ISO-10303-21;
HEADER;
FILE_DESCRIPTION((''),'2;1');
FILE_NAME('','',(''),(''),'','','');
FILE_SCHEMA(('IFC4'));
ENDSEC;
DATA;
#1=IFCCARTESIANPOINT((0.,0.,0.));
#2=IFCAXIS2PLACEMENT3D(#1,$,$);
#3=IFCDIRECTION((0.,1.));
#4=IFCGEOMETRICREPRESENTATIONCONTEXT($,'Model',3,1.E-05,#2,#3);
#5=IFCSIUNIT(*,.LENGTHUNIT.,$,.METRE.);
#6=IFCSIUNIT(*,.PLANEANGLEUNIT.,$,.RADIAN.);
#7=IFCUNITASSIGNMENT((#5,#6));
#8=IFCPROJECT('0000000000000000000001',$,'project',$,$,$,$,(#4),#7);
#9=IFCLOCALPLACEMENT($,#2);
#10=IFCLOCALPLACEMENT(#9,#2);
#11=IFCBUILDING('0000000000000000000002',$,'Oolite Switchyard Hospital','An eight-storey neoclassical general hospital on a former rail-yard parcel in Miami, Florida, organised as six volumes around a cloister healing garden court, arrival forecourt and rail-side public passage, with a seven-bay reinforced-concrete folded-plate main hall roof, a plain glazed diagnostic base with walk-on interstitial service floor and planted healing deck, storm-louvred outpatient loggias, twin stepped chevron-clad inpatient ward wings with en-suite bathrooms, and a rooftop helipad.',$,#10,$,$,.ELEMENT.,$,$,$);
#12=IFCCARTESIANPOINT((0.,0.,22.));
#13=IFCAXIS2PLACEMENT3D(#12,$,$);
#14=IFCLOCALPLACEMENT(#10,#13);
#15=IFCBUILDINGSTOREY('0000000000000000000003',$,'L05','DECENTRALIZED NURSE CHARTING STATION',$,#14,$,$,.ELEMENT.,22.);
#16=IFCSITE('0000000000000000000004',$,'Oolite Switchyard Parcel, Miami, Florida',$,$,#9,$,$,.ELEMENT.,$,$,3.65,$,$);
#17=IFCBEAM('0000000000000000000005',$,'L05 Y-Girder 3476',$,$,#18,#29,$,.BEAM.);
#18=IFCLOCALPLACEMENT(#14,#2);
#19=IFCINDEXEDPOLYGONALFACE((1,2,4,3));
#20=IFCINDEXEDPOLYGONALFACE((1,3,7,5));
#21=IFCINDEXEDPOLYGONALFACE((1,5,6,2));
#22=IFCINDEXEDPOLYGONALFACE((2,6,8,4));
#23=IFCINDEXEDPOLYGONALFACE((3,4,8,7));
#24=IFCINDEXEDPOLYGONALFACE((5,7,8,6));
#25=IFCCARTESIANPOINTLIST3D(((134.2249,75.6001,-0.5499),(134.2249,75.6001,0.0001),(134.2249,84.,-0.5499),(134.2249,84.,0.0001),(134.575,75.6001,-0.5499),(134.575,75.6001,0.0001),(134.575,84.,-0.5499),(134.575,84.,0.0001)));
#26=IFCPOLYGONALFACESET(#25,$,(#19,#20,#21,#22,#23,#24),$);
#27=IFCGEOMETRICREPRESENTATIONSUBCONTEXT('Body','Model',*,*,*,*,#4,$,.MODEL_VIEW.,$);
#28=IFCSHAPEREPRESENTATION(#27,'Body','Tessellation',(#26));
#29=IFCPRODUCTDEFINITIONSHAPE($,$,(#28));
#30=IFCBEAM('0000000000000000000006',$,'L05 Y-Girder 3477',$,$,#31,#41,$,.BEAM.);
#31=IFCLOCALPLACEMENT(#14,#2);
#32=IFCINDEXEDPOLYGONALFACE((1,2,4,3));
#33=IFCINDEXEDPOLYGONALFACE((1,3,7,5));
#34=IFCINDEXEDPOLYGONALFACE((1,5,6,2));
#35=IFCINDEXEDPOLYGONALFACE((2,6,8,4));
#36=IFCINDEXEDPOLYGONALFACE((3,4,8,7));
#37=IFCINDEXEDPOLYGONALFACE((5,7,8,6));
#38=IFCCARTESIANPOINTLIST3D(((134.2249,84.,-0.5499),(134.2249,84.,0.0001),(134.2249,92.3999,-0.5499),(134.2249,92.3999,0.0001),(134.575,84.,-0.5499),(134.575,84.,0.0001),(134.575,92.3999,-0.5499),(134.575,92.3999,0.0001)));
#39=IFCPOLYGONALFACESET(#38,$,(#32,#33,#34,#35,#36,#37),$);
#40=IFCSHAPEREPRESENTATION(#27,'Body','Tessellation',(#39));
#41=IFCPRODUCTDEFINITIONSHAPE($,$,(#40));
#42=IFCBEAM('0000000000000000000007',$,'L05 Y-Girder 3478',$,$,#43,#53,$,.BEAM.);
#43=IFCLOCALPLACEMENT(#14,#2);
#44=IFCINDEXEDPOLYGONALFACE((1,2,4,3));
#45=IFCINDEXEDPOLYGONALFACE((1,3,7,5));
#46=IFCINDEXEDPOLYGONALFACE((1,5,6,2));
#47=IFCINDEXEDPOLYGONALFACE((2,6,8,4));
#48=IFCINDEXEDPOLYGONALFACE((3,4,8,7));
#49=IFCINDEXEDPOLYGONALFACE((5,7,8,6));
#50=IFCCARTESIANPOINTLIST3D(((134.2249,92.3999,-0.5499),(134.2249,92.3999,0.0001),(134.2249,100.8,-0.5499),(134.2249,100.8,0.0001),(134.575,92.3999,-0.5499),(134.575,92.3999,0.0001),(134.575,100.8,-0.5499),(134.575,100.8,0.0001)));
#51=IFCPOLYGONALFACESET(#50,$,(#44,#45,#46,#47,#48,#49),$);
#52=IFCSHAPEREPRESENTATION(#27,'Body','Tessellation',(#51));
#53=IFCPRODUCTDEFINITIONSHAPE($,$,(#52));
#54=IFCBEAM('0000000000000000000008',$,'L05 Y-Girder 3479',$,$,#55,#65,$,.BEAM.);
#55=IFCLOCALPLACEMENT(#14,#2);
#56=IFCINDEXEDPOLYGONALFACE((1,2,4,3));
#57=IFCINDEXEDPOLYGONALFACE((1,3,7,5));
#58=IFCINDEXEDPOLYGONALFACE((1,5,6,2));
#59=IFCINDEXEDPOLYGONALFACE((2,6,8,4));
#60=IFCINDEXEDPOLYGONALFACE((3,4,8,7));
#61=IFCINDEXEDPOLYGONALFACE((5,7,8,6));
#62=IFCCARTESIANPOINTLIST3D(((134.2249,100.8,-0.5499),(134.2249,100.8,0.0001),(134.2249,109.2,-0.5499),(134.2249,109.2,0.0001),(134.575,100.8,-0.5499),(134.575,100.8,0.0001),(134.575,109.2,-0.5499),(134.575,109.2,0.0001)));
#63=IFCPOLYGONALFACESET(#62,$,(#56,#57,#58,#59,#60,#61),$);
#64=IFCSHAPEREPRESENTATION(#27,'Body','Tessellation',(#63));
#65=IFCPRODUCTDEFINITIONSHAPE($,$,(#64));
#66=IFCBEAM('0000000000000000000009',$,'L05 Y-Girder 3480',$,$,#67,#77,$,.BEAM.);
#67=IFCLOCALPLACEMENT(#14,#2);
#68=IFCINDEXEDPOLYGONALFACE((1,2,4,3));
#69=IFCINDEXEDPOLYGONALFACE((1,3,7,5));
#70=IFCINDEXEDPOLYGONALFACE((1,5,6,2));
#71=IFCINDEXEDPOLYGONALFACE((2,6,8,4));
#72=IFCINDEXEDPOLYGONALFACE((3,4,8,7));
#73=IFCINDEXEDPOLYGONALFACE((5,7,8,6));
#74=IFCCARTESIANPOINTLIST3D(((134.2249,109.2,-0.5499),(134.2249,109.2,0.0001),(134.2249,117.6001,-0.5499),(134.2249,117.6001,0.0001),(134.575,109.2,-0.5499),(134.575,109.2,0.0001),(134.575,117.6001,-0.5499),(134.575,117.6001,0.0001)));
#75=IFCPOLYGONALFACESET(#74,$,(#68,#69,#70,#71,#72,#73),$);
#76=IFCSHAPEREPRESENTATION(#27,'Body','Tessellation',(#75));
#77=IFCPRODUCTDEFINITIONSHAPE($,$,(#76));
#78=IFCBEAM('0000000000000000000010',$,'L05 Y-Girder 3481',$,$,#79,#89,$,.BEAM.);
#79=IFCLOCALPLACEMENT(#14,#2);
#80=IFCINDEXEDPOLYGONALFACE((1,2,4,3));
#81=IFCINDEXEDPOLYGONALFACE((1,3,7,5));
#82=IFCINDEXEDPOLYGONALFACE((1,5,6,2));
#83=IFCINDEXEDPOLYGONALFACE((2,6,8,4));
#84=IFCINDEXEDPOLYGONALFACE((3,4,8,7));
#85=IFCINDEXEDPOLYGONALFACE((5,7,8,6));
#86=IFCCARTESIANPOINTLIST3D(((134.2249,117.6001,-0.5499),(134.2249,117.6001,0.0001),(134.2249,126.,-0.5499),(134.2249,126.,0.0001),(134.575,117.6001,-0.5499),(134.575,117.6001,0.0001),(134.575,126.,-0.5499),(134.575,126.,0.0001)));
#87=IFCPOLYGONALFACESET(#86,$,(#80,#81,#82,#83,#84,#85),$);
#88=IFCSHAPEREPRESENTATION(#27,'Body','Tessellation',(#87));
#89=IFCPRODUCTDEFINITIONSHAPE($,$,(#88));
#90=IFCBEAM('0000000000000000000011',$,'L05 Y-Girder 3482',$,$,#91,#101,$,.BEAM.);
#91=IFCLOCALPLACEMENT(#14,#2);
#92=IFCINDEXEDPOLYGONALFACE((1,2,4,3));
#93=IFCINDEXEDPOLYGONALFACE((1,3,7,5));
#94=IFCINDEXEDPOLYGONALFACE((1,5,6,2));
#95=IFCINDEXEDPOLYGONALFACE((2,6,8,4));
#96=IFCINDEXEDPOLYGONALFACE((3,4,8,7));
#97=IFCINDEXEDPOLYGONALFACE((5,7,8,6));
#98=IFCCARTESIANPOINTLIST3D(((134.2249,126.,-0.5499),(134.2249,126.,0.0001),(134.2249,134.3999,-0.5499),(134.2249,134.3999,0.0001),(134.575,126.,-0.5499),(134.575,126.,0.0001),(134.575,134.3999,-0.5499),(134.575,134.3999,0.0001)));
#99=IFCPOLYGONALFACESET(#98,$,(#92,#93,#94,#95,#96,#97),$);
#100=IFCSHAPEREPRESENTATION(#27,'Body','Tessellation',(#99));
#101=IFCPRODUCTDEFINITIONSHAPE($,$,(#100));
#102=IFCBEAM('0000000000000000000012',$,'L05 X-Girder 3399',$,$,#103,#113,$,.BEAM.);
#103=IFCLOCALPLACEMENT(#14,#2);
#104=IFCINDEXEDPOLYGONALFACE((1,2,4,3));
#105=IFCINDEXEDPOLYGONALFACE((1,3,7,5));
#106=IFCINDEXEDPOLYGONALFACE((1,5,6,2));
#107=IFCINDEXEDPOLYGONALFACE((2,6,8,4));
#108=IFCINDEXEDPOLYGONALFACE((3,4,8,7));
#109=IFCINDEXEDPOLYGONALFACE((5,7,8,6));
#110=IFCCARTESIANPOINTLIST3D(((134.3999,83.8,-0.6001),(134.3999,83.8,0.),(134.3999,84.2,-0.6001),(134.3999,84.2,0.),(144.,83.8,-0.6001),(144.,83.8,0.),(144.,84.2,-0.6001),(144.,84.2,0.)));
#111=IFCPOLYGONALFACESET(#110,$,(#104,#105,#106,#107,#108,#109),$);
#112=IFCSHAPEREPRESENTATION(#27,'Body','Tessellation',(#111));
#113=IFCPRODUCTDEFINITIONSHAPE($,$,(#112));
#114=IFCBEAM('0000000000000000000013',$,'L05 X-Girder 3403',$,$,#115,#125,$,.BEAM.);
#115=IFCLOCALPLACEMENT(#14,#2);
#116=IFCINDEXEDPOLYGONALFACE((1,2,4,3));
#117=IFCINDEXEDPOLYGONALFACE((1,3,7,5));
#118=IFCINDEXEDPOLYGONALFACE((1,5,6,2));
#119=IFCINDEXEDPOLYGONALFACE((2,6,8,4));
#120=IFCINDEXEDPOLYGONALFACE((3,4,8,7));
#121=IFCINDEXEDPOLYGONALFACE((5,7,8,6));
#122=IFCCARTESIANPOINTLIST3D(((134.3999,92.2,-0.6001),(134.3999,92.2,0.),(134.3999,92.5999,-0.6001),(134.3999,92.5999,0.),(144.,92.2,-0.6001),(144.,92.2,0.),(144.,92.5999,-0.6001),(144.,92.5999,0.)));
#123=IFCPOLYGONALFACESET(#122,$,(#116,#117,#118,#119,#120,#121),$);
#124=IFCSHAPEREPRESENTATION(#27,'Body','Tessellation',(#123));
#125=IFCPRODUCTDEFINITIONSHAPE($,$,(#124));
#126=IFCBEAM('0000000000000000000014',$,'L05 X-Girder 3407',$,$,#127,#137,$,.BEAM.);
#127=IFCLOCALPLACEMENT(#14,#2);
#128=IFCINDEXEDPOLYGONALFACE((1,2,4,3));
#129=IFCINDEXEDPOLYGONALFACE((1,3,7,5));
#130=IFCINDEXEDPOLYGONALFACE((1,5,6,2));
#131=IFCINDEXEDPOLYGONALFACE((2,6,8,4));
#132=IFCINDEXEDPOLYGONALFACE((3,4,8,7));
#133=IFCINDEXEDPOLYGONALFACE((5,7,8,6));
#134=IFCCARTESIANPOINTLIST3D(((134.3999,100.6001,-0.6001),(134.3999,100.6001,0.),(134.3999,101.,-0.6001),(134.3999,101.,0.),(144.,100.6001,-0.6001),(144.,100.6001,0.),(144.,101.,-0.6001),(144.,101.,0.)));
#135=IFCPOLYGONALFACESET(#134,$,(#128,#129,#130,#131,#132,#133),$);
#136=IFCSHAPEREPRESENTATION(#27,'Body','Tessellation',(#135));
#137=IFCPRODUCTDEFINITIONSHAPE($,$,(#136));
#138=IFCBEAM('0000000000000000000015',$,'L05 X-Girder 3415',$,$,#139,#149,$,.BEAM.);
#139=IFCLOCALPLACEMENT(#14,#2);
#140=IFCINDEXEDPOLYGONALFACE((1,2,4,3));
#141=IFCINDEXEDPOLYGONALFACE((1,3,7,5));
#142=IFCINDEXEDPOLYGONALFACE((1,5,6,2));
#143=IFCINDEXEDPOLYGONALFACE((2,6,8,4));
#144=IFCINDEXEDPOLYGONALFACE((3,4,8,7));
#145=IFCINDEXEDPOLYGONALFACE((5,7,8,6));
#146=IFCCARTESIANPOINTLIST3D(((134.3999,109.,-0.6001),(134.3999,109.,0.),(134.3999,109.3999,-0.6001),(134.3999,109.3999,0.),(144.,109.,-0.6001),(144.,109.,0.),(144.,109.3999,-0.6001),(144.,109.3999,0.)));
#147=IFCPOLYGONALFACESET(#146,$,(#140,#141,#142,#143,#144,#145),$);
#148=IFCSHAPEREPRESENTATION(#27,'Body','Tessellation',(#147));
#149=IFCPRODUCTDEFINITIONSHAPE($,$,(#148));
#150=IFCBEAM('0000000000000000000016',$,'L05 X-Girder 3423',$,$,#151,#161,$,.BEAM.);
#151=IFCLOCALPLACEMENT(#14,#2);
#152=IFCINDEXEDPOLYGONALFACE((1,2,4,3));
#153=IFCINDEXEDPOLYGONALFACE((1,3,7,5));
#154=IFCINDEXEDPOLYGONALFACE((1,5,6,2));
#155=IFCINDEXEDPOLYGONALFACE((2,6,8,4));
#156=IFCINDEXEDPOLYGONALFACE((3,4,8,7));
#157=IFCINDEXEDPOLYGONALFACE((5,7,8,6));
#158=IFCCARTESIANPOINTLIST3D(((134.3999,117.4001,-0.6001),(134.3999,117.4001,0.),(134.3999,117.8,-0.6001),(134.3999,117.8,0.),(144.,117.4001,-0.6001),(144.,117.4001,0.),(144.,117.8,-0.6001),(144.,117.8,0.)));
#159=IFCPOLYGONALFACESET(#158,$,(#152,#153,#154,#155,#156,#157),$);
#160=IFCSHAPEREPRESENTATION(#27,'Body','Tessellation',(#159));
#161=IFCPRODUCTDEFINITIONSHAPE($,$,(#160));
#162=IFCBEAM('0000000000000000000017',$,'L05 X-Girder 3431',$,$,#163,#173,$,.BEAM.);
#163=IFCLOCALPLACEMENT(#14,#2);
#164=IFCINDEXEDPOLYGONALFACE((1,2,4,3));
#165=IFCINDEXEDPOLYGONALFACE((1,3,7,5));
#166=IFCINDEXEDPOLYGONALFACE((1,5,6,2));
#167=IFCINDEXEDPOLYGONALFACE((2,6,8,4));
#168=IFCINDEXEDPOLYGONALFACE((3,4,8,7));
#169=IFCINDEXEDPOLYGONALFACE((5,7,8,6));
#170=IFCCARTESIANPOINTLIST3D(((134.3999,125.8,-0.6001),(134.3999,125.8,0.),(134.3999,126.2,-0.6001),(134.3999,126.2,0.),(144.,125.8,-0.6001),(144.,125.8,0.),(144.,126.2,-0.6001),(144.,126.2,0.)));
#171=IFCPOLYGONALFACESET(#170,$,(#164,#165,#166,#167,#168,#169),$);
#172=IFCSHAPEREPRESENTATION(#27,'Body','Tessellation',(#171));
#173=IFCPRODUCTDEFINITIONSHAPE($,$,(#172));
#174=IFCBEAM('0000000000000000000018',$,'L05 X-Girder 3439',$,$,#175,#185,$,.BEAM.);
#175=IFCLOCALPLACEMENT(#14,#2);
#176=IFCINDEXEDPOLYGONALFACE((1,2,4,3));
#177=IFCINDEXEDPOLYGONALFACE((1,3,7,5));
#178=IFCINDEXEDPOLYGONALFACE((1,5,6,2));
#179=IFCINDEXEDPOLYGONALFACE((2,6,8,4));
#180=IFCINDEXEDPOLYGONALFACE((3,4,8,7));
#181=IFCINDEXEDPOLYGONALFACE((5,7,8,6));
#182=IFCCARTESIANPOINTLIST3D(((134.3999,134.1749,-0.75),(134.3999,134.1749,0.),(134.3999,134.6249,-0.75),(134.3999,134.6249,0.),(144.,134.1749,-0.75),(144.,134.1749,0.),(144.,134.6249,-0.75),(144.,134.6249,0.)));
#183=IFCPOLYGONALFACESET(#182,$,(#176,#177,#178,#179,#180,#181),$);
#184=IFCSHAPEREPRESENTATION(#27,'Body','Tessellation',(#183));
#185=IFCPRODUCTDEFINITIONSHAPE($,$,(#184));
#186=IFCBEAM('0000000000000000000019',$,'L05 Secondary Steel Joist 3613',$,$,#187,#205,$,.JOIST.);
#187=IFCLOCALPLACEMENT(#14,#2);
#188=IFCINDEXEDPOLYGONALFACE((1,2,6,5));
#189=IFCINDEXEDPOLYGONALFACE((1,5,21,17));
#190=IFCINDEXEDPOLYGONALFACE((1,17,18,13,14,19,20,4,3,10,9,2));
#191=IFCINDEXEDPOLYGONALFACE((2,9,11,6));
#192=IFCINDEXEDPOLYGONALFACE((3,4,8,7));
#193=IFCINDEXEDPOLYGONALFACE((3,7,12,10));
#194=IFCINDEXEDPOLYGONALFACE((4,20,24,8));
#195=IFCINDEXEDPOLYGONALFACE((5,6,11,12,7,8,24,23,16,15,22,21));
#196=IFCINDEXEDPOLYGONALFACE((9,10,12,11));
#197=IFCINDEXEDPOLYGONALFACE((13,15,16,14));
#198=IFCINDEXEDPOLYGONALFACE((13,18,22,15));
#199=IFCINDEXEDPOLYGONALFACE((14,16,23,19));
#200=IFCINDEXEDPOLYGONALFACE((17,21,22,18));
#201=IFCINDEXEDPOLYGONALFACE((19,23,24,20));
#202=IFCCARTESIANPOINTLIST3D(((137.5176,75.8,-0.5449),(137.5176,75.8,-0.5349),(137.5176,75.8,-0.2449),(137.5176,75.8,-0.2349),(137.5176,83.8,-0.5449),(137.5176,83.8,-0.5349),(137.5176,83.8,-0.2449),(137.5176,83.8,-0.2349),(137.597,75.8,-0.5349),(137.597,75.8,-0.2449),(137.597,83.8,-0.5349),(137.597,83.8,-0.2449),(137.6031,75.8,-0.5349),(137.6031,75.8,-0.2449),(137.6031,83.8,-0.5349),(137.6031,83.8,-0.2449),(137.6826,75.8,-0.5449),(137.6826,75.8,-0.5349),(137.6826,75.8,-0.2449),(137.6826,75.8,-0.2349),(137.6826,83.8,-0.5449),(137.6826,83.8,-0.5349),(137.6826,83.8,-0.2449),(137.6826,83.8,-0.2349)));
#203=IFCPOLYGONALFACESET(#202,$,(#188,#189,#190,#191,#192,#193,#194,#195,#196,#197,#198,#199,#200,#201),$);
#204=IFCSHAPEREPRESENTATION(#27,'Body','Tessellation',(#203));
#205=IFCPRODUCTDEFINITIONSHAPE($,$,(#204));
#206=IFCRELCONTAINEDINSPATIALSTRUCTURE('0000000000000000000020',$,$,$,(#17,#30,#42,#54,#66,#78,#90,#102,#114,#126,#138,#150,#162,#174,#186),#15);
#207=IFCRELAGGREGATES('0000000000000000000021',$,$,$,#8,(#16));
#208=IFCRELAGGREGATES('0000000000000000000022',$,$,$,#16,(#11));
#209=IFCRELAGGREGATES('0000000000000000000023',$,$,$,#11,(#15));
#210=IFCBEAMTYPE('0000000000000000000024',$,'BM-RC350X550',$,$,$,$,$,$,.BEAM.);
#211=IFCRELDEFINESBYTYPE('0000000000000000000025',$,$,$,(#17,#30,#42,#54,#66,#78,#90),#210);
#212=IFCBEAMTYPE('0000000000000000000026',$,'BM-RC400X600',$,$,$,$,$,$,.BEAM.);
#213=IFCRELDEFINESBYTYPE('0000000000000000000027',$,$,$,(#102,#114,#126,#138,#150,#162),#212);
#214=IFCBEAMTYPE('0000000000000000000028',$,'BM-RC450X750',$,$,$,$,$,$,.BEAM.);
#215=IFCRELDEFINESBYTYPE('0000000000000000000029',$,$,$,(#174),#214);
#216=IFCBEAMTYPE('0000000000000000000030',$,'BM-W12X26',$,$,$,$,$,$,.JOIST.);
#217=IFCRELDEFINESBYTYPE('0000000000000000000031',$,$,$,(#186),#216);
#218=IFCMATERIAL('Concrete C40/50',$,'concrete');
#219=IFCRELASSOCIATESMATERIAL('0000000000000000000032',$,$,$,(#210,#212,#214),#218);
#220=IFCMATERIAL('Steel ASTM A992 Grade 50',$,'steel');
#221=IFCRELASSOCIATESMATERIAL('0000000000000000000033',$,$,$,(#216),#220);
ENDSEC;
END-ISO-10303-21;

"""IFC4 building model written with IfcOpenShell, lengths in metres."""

from ifc_helpers import new_model, si_unit, direction, frame, origin, origin_2d, place, context, subcontext, project, spatial, rectangle, i_section, extrude, material, material_profile, profile_set, type_object, element, save


model = new_model("IFC4")

# Units and contexts
model_context = context("Model", 3, precision=1e-05, world=origin(), true_north=direction((0.0, 1.0)))
body_context = subcontext(model_context, "Body", "Model", "MODEL_VIEW")
ifc_project = project(units=[si_unit("LENGTHUNIT", "METRE"), si_unit("PLANEANGLEUNIT", "RADIAN")], contexts=[model_context])

# Site, building, storey
site_placement = place(None, origin())
site = spatial("IfcSite", under=ifc_project, at=site_placement, Name="Oolite Switchyard Parcel, Miami, Florida", CompositionType="ELEMENT", RefElevation=3.65)
building_placement = place(site_placement, origin())
building = spatial("IfcBuilding", under=site, at=building_placement, Name="Oolite Switchyard Hospital", Description="An eight-storey neoclassical general hospital on a former rail-yard parcel in Miami, Florida, organised as six volumes around a cloister healing garden court, arrival forecourt and rail-side public passage, with a seven-bay reinforced-concrete folded-plate main hall roof, a plain glazed diagnostic base with walk-on interstitial service floor and planted healing deck, storm-louvred outpatient loggias, twin stepped chevron-clad inpatient ward wings with en-suite bathrooms, and a rooftop helipad.", CompositionType="ELEMENT")
storey_placement = place(building_placement, frame((0.0, 0.0, 22.0)))
storey = spatial("IfcBuildingStorey", under=building, at=storey_placement, Name="L05", Description="DECENTRALIZED NURSE CHARTING STATION", CompositionType="ELEMENT", Elevation=22.0)

# Beams
ifc_material_1 = material(Name="Concrete C40/50", Category="concrete")
ifc_material_profile_1 = material_profile(ifc_material_1, rectangle(XDim=0.3501, YDim=0.55, at=origin_2d()), Name="RCB350X550")
ifc_profile_set_1 = profile_set([ifc_material_profile_1], Name="Concrete C40/50")
beam_type_1 = type_object("IfcBeamType", Name="BM-RC350X550", PredefinedType="BEAM", material=ifc_profile_set_1)
for number, where, z_axis, x_axis, name in (
    (1, (134.3999, 75.6001, -0.2749), (0.0, 1.0, 0.0), (-1.0, 0.0, 0.0), "L05 Y-Girder 3476"),
    (2, (134.3999, 84.0, -0.2749), (0.0, 1.0, 0.0), (-1.0, 0.0, 0.0), "L05 Y-Girder 3477"),
):
    element("IfcBeam", number, at=place(storey_placement, frame(where, z_axis=z_axis, x_axis=x_axis)), inside=storey, type_object=beam_type_1, Name=name, PredefinedType="BEAM", context=body_context, shape_type="SweptSolid", body=[
        extrude(rectangle(XDim=0.3501, YDim=0.55, at=origin_2d()), origin(), (0.0, 0.0, 1.0), 8.3999),
    ])
beam_1_placement = place(storey_placement, frame((134.3999, 92.3999, -0.2749), z_axis=(0.0, 1.0, 0.0), x_axis=(-1.0, 0.0, 0.0)))
element("IfcBeam", 3, at=beam_1_placement, inside=storey, type_object=beam_type_1, Name="L05 Y-Girder 3478", PredefinedType="BEAM", context=body_context, shape_type="SweptSolid", body=[
    extrude(rectangle(XDim=0.3501, YDim=0.55, at=origin_2d()), origin(), (0.0, 0.0, 1.0), 8.4001),
])
beam_2_placement = place(storey_placement, frame((134.3999, 100.8, -0.2749), z_axis=(0.0, 1.0, 0.0), x_axis=(-1.0, 0.0, 0.0)))
element("IfcBeam", 4, at=beam_2_placement, inside=storey, type_object=beam_type_1, Name="L05 Y-Girder 3479", PredefinedType="BEAM", context=body_context, shape_type="SweptSolid", body=[
    extrude(rectangle(XDim=0.3501, YDim=0.55, at=origin_2d()), origin(), (0.0, 0.0, 1.0), 8.3999),
])
beam_3_placement = place(storey_placement, frame((134.3999, 109.2, -0.2749), z_axis=(0.0, 1.0, 0.0), x_axis=(-1.0, 0.0, 0.0)))
element("IfcBeam", 5, at=beam_3_placement, inside=storey, type_object=beam_type_1, Name="L05 Y-Girder 3480", PredefinedType="BEAM", context=body_context, shape_type="SweptSolid", body=[
    extrude(rectangle(XDim=0.3501, YDim=0.55, at=origin_2d()), origin(), (0.0, 0.0, 1.0), 8.4001),
])
for number, where, z_axis, x_axis, name in (
    (6, (134.3999, 117.6001, -0.2749), (0.0, 1.0, 0.0), (-1.0, 0.0, 0.0), "L05 Y-Girder 3481"),
    (7, (134.3999, 126.0, -0.2749), (0.0, 1.0, 0.0), (-1.0, 0.0, 0.0), "L05 Y-Girder 3482"),
):
    element("IfcBeam", number, at=place(storey_placement, frame(where, z_axis=z_axis, x_axis=x_axis)), inside=storey, type_object=beam_type_1, Name=name, PredefinedType="BEAM", context=body_context, shape_type="SweptSolid", body=[
        extrude(rectangle(XDim=0.3501, YDim=0.55, at=origin_2d()), origin(), (0.0, 0.0, 1.0), 8.3999),
    ])
ifc_material_profile_2 = material_profile(ifc_material_1, rectangle(XDim=0.3999, YDim=0.6001, at=origin_2d()), Name="RCB400X600")
ifc_profile_set_2 = profile_set([ifc_material_profile_2], Name="Concrete C40/50")
beam_type_2 = type_object("IfcBeamType", Name="BM-RC400X600", PredefinedType="BEAM", material=ifc_profile_set_2)
for number, where, z_axis, x_axis, name in (
    (8, (134.3999, 84.0, -0.3), (1.0, 0.0, 0.0), (0.0, 1.0, 0.0), "L05 X-Girder 3399"),
    (9, (134.3999, 92.3999, -0.3), (1.0, 0.0, 0.0), (0.0, 1.0, 0.0), "L05 X-Girder 3403"),
    (10, (134.3999, 100.8, -0.3), (1.0, 0.0, 0.0), (0.0, 1.0, 0.0), "L05 X-Girder 3407"),
    (11, (134.3999, 109.2, -0.3), (1.0, 0.0, 0.0), (0.0, 1.0, 0.0), "L05 X-Girder 3415"),
    (12, (134.3999, 117.6001, -0.3), (1.0, 0.0, 0.0), (0.0, 1.0, 0.0), "L05 X-Girder 3423"),
    (13, (134.3999, 126.0, -0.3), (1.0, 0.0, 0.0), (0.0, 1.0, 0.0), "L05 X-Girder 3431"),
):
    element("IfcBeam", number, at=place(storey_placement, frame(where, z_axis=z_axis, x_axis=x_axis)), inside=storey, type_object=beam_type_2, Name=name, PredefinedType="BEAM", context=body_context, shape_type="SweptSolid", body=[
        extrude(rectangle(XDim=0.3999, YDim=0.6001, at=origin_2d()), origin(), (0.0, 0.0, 1.0), 9.6001),
    ])
ifc_material_profile_3 = material_profile(ifc_material_1, rectangle(XDim=0.45, YDim=0.75, at=origin_2d()), Name="RCB450X750")
ifc_profile_set_3 = profile_set([ifc_material_profile_3], Name="Concrete C40/50")
beam_type_3 = type_object("IfcBeamType", Name="BM-RC450X750", PredefinedType="BEAM", material=ifc_profile_set_3)
beam_4_placement = place(storey_placement, frame((134.3999, 134.3999, -0.375), z_axis=(1.0, 0.0, 0.0), x_axis=(0.0, 1.0, 0.0)))
element("IfcBeam", 14, at=beam_4_placement, inside=storey, type_object=beam_type_3, Name="L05 X-Girder 3439", PredefinedType="BEAM", context=body_context, shape_type="SweptSolid", body=[
    extrude(rectangle(XDim=0.45, YDim=0.75, at=origin_2d()), origin(), (0.0, 0.0, 1.0), 9.6001),
])
ifc_material_2 = material(Name="Steel ASTM A992 Grade 50", Category="steel")
ifc_material_profile_4 = material_profile(ifc_material_2, i_section(OverallWidth=0.165, OverallDepth=0.3101, WebThickness=0.0061, FlangeThickness=0.01, at=origin_2d()), Name="W12X26")
ifc_profile_set_4 = profile_set([ifc_material_profile_4], Name="Steel ASTM A992 Grade 50")
beam_type_4 = type_object("IfcBeamType", Name="BM-W12X26", PredefinedType="JOIST", material=ifc_profile_set_4)
beam_5_placement = place(storey_placement, frame((137.6001, 75.8, -0.3899), z_axis=(0.0, 1.0, 0.0), x_axis=(-1.0, 0.0, 0.0)))
element("IfcBeam", 15, at=beam_5_placement, inside=storey, type_object=beam_type_4, Name="L05 Secondary Steel Joist 3613", PredefinedType="JOIST", context=body_context, shape_type="SweptSolid", body=[
    extrude(i_section(OverallWidth=0.165, OverallDepth=0.3101, WebThickness=0.0061, FlangeThickness=0.01, at=origin_2d()), origin(), (0.0, 0.0, 1.0), 8.0),
])

save(model, "model.ifc")
